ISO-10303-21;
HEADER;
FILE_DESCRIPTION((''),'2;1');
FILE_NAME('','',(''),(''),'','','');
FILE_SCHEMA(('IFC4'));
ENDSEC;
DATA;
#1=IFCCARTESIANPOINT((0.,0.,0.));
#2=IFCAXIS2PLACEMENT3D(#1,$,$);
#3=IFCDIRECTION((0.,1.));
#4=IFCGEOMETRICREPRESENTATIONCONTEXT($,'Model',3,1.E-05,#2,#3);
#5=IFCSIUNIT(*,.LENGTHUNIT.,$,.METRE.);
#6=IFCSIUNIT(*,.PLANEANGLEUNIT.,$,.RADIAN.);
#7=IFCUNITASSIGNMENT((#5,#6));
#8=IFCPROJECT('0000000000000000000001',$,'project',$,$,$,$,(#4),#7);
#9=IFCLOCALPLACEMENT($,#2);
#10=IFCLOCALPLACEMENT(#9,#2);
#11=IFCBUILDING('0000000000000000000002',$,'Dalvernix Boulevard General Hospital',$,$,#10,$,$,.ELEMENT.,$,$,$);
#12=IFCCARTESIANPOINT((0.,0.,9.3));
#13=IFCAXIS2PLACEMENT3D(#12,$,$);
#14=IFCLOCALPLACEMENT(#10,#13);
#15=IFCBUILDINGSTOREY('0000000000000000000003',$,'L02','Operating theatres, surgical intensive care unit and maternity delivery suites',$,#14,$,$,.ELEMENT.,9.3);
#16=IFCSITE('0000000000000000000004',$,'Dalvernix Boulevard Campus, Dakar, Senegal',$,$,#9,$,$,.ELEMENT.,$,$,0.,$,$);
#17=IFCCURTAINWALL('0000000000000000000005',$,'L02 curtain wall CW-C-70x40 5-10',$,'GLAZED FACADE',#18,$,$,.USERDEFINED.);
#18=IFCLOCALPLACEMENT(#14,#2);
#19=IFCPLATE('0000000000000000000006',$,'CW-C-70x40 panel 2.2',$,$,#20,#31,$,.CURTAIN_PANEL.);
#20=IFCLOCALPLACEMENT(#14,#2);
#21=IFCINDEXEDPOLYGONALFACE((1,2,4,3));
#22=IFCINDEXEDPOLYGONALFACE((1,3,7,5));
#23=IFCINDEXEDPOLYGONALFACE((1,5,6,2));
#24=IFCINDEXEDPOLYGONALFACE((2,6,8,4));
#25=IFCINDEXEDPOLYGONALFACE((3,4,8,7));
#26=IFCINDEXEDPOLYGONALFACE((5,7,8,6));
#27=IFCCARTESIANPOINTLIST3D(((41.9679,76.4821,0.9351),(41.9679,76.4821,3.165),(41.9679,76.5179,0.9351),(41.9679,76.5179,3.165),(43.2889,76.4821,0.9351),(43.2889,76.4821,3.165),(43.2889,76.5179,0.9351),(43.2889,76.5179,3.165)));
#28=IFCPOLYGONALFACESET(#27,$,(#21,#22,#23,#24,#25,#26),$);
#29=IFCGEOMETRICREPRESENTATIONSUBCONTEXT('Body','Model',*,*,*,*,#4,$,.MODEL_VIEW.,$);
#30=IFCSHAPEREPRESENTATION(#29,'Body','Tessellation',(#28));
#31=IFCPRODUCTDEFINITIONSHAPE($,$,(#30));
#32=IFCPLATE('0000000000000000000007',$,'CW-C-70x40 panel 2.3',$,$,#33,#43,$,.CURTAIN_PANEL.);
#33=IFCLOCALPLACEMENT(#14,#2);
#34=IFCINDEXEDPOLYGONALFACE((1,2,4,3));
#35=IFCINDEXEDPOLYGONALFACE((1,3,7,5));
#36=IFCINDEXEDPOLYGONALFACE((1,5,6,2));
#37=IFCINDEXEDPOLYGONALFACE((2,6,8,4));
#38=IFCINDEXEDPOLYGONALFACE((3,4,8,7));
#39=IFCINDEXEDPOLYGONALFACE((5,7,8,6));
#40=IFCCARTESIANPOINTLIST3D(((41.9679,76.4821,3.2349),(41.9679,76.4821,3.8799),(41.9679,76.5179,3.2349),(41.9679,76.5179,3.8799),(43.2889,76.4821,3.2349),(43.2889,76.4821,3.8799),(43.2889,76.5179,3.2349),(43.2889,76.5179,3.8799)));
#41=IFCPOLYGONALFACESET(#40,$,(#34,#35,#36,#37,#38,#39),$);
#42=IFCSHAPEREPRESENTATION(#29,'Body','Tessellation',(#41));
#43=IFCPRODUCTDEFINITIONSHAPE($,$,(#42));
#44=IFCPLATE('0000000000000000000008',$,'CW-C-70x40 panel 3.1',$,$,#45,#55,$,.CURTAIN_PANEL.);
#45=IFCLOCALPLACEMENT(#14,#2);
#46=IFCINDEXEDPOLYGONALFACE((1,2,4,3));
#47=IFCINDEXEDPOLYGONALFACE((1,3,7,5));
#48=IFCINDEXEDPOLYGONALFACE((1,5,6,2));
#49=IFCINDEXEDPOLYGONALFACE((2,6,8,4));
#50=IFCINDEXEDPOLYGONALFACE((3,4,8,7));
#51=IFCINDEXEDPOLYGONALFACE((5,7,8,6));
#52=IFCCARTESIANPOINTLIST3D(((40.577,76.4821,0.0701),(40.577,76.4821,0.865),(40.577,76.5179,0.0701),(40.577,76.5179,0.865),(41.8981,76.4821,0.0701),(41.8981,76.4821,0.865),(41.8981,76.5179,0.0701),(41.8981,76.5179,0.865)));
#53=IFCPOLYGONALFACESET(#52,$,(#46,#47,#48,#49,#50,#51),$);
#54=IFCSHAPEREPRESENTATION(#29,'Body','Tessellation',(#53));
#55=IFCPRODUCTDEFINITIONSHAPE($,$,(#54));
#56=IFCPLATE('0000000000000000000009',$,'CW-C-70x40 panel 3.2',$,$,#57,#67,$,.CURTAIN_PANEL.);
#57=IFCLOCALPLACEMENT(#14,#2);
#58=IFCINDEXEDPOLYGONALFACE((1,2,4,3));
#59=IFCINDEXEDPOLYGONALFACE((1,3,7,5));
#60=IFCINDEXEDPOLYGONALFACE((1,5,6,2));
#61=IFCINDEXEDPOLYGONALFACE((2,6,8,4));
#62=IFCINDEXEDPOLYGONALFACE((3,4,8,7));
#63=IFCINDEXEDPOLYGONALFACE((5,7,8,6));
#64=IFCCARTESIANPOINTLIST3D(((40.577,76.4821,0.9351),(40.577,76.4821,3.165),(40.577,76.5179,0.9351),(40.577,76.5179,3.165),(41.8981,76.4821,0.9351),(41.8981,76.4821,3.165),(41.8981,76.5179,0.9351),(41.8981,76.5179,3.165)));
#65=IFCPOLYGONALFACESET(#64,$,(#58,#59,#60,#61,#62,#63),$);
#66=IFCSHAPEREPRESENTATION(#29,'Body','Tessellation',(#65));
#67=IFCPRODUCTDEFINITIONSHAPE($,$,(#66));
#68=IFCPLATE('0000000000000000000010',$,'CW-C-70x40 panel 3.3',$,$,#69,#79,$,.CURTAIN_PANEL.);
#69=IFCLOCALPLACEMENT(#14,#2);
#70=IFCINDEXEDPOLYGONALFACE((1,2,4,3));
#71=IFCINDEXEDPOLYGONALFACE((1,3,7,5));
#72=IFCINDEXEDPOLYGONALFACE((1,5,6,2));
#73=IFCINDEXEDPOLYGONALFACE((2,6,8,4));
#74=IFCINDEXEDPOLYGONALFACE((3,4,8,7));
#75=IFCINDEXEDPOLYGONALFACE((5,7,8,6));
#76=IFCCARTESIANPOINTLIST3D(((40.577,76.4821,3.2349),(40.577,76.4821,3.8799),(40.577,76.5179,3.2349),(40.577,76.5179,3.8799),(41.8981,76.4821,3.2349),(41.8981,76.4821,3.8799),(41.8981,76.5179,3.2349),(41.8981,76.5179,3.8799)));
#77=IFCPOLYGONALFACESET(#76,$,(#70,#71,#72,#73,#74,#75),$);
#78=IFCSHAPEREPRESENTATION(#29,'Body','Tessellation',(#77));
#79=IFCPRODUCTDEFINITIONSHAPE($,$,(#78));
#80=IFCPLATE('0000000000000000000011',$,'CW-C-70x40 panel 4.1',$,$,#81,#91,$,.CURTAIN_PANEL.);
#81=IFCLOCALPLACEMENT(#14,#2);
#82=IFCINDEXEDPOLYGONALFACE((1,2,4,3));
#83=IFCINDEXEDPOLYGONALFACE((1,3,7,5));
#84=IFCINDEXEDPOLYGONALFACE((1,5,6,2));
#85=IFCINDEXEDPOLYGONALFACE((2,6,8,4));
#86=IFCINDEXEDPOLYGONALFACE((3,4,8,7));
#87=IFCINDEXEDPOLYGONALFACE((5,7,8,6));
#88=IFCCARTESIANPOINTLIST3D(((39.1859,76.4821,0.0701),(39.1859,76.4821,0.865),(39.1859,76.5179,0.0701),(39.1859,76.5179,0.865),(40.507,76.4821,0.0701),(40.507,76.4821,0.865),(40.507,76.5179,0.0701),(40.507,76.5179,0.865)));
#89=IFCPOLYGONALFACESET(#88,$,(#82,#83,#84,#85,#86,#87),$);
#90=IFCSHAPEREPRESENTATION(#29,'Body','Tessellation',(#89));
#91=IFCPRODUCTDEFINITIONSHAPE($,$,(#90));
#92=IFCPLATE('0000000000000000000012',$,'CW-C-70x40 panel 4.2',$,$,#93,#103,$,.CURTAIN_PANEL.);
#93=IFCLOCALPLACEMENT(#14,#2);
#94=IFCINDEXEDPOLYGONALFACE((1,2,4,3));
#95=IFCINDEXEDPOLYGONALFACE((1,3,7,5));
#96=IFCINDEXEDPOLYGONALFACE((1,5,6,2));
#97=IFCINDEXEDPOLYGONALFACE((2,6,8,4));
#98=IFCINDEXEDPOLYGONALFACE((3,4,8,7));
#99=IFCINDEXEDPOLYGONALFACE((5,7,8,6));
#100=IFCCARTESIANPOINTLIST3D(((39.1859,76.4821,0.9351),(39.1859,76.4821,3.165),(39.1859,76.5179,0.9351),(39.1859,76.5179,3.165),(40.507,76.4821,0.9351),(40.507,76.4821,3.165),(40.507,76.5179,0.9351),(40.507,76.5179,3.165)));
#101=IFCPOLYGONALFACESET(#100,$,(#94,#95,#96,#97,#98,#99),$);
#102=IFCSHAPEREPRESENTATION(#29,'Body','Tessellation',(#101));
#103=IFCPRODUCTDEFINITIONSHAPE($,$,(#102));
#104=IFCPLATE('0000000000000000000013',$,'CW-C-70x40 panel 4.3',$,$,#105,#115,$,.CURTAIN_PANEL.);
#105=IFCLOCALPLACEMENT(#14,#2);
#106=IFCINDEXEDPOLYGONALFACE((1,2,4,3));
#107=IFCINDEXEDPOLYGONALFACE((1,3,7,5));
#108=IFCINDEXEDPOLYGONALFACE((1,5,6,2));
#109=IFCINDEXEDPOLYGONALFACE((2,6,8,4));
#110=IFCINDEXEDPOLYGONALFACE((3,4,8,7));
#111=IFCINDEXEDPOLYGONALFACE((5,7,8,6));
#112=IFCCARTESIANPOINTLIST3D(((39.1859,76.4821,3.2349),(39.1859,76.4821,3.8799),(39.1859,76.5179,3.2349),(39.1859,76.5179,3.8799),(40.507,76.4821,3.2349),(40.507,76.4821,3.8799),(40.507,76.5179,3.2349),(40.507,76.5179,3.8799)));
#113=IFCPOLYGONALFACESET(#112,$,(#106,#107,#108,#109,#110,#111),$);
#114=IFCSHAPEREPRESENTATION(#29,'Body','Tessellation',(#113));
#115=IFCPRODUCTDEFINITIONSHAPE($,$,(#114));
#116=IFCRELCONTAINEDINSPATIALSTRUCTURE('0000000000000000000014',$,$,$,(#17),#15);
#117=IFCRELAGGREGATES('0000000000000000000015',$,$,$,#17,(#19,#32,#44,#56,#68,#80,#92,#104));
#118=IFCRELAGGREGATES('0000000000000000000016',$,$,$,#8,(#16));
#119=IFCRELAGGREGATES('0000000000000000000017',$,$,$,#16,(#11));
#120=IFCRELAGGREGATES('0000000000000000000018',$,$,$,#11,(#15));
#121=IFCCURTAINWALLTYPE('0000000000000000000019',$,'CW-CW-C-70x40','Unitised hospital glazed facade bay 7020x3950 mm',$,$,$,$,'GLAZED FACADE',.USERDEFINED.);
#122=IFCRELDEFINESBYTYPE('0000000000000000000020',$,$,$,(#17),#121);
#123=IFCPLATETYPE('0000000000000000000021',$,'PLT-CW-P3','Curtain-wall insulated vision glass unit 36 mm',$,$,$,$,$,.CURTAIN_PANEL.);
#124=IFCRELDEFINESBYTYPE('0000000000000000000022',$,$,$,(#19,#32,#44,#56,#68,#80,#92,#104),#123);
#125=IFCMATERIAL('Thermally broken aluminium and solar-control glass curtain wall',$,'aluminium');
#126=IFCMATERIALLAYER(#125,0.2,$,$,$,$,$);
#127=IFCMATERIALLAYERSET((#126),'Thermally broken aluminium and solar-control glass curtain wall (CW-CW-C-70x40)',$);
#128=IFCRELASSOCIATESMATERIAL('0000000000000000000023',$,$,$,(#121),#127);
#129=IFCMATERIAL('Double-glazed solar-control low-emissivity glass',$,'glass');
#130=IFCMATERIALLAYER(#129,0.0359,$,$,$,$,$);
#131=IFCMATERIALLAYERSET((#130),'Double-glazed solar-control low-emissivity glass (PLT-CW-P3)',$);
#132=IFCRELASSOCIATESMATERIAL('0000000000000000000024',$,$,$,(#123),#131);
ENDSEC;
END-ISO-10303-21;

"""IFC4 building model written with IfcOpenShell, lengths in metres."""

from ifc_helpers import new_model, si_unit, direction, frame, origin, origin_2d, place, context, subcontext, project, spatial, rectangle, extrude, material, layer, layer_set, type_object, element, aggregate, save


model = new_model("IFC4")

# Units and contexts
model_context = context("Model", 3, precision=1e-05, world=origin(), true_north=direction((0.0, 1.0)))
body_context = subcontext(model_context, "Body", "Model", "MODEL_VIEW")
ifc_project = project(units=[si_unit("LENGTHUNIT", "METRE"), si_unit("PLANEANGLEUNIT", "RADIAN")], contexts=[model_context])

# Site, building, storey
site_placement = place(None, origin())
site = spatial("IfcSite", under=ifc_project, at=site_placement, Name="Dalvernix Boulevard Campus, Dakar, Senegal", CompositionType="ELEMENT", RefElevation=0.0)
building_placement = place(site_placement, origin())
building = spatial("IfcBuilding", under=site, at=building_placement, Name="Dalvernix Boulevard General Hospital", CompositionType="ELEMENT")
storey_placement = place(building_placement, frame((0.0, 0.0, 9.3)))
storey = spatial("IfcBuildingStorey", under=building, at=storey_placement, Name="L02", Description="Operating theatres, surgical intensive care unit and maternity delivery suites", CompositionType="ELEMENT", Elevation=9.3)

# Curtain wall, plates
ifc_material_1 = material(Name="Thermally broken aluminium and solar-control glass curtain wall", Category="aluminium")
ifc_layer_1 = layer(ifc_material_1, 0.2)
ifc_layer_set_1 = layer_set([ifc_layer_1], Name="Thermally broken aluminium and solar-control glass curtain wall (CW-CW-C-70x40)")
curtain_wall_type = type_object("IfcCurtainWallType", Name="CW-CW-C-70x40", Description="Unitised hospital glazed facade bay 7020x3950 mm", ElementType="GLAZED FACADE", PredefinedType="USERDEFINED", material=ifc_layer_set_1)
curtain_wall_placement = place(storey_placement, origin())
curtain_wall = element("IfcCurtainWall", 1, at=curtain_wall_placement, inside=storey, type_object=curtain_wall_type, Name="L02 curtain wall CW-C-70x40 5-10", ObjectType="GLAZED FACADE", PredefinedType="USERDEFINED")
ifc_material_2 = material(Name="Double-glazed solar-control low-emissivity glass", Category="glass")
ifc_layer_2 = layer(ifc_material_2, 0.0359)
ifc_layer_set_2 = layer_set([ifc_layer_2], Name="Double-glazed solar-control low-emissivity glass (PLT-CW-P3)")
plate_type = type_object("IfcPlateType", Name="PLT-CW-P3", Description="Curtain-wall insulated vision glass unit 36 mm", PredefinedType="CURTAIN_PANEL", material=ifc_layer_set_2)
plate_1_placement = place(storey_placement, frame((42.6284, 76.5, 0.9351), z_axis=(0.0, 0.0, 1.0), x_axis=(-1.0, 0.0, 0.0)))
plate_1 = element("IfcPlate", 2, at=plate_1_placement, type_object=plate_type, Name="CW-C-70x40 panel 2.2", PredefinedType="CURTAIN_PANEL", context=body_context, shape_type="SweptSolid", body=[
    extrude(rectangle(XDim=1.321, YDim=0.0359, at=origin_2d()), origin(), (0.0, 0.0, 1.0), 2.23),
])
plate_2_placement = place(storey_placement, frame((42.6284, 76.5, 3.2349), z_axis=(0.0, 0.0, 1.0), x_axis=(-1.0, 0.0, 0.0)))
plate_2 = element("IfcPlate", 3, at=plate_2_placement, type_object=plate_type, Name="CW-C-70x40 panel 2.3", PredefinedType="CURTAIN_PANEL", context=body_context, shape_type="SweptSolid", body=[
    extrude(rectangle(XDim=1.321, YDim=0.0359, at=origin_2d()), origin(), (0.0, 0.0, 1.0), 0.645),
])
plate_3_placement = place(storey_placement, frame((41.2375, 76.5, 0.0701), z_axis=(0.0, 0.0, 1.0), x_axis=(-1.0, 0.0, 0.0)))
plate_3 = element("IfcPlate", 4, at=plate_3_placement, type_object=plate_type, Name="CW-C-70x40 panel 3.1", PredefinedType="CURTAIN_PANEL", context=body_context, shape_type="SweptSolid", body=[
    extrude(rectangle(XDim=1.321, YDim=0.0359, at=origin_2d()), origin(), (0.0, 0.0, 1.0), 0.7949),
])
plate_4_placement = place(storey_placement, frame((41.2375, 76.5, 0.9351), z_axis=(0.0, 0.0, 1.0), x_axis=(-1.0, 0.0, 0.0)))
plate_4 = element("IfcPlate", 5, at=plate_4_placement, type_object=plate_type, Name="CW-C-70x40 panel 3.2", PredefinedType="CURTAIN_PANEL", context=body_context, shape_type="SweptSolid", body=[
    extrude(rectangle(XDim=1.321, YDim=0.0359, at=origin_2d()), origin(), (0.0, 0.0, 1.0), 2.23),
])
plate_5_placement = place(storey_placement, frame((41.2375, 76.5, 3.2349), z_axis=(0.0, 0.0, 1.0), x_axis=(-1.0, 0.0, 0.0)))
plate_5 = element("IfcPlate", 6, at=plate_5_placement, type_object=plate_type, Name="CW-C-70x40 panel 3.3", PredefinedType="CURTAIN_PANEL", context=body_context, shape_type="SweptSolid", body=[
    extrude(rectangle(XDim=1.321, YDim=0.0359, at=origin_2d()), origin(), (0.0, 0.0, 1.0), 0.645),
])
plate_6_placement = place(storey_placement, frame((39.8464, 76.5, 0.0701), z_axis=(0.0, 0.0, 1.0), x_axis=(-1.0, 0.0, 0.0)))
plate_6 = element("IfcPlate", 7, at=plate_6_placement, type_object=plate_type, Name="CW-C-70x40 panel 4.1", PredefinedType="CURTAIN_PANEL", context=body_context, shape_type="SweptSolid", body=[
    extrude(rectangle(XDim=1.321, YDim=0.0359, at=origin_2d()), origin(), (0.0, 0.0, 1.0), 0.7949),
])
plate_7_placement = place(storey_placement, frame((39.8464, 76.5, 0.9351), z_axis=(0.0, 0.0, 1.0), x_axis=(-1.0, 0.0, 0.0)))
plate_7 = element("IfcPlate", 8, at=plate_7_placement, type_object=plate_type, Name="CW-C-70x40 panel 4.2", PredefinedType="CURTAIN_PANEL", context=body_context, shape_type="SweptSolid", body=[
    extrude(rectangle(XDim=1.321, YDim=0.0359, at=origin_2d()), origin(), (0.0, 0.0, 1.0), 2.23),
])
plate_8_placement = place(storey_placement, frame((39.8464, 76.5, 3.2349), z_axis=(0.0, 0.0, 1.0), x_axis=(-1.0, 0.0, 0.0)))
plate_8 = element("IfcPlate", 9, at=plate_8_placement, type_object=plate_type, Name="CW-C-70x40 panel 4.3", PredefinedType="CURTAIN_PANEL", context=body_context, shape_type="SweptSolid", body=[
    extrude(rectangle(XDim=1.321, YDim=0.0359, at=origin_2d()), origin(), (0.0, 0.0, 1.0), 0.645),
])
aggregate(curtain_wall, [plate_1, plate_2, plate_3, plate_4, plate_5, plate_6, plate_7, plate_8])

save(model, "model.ifc")
